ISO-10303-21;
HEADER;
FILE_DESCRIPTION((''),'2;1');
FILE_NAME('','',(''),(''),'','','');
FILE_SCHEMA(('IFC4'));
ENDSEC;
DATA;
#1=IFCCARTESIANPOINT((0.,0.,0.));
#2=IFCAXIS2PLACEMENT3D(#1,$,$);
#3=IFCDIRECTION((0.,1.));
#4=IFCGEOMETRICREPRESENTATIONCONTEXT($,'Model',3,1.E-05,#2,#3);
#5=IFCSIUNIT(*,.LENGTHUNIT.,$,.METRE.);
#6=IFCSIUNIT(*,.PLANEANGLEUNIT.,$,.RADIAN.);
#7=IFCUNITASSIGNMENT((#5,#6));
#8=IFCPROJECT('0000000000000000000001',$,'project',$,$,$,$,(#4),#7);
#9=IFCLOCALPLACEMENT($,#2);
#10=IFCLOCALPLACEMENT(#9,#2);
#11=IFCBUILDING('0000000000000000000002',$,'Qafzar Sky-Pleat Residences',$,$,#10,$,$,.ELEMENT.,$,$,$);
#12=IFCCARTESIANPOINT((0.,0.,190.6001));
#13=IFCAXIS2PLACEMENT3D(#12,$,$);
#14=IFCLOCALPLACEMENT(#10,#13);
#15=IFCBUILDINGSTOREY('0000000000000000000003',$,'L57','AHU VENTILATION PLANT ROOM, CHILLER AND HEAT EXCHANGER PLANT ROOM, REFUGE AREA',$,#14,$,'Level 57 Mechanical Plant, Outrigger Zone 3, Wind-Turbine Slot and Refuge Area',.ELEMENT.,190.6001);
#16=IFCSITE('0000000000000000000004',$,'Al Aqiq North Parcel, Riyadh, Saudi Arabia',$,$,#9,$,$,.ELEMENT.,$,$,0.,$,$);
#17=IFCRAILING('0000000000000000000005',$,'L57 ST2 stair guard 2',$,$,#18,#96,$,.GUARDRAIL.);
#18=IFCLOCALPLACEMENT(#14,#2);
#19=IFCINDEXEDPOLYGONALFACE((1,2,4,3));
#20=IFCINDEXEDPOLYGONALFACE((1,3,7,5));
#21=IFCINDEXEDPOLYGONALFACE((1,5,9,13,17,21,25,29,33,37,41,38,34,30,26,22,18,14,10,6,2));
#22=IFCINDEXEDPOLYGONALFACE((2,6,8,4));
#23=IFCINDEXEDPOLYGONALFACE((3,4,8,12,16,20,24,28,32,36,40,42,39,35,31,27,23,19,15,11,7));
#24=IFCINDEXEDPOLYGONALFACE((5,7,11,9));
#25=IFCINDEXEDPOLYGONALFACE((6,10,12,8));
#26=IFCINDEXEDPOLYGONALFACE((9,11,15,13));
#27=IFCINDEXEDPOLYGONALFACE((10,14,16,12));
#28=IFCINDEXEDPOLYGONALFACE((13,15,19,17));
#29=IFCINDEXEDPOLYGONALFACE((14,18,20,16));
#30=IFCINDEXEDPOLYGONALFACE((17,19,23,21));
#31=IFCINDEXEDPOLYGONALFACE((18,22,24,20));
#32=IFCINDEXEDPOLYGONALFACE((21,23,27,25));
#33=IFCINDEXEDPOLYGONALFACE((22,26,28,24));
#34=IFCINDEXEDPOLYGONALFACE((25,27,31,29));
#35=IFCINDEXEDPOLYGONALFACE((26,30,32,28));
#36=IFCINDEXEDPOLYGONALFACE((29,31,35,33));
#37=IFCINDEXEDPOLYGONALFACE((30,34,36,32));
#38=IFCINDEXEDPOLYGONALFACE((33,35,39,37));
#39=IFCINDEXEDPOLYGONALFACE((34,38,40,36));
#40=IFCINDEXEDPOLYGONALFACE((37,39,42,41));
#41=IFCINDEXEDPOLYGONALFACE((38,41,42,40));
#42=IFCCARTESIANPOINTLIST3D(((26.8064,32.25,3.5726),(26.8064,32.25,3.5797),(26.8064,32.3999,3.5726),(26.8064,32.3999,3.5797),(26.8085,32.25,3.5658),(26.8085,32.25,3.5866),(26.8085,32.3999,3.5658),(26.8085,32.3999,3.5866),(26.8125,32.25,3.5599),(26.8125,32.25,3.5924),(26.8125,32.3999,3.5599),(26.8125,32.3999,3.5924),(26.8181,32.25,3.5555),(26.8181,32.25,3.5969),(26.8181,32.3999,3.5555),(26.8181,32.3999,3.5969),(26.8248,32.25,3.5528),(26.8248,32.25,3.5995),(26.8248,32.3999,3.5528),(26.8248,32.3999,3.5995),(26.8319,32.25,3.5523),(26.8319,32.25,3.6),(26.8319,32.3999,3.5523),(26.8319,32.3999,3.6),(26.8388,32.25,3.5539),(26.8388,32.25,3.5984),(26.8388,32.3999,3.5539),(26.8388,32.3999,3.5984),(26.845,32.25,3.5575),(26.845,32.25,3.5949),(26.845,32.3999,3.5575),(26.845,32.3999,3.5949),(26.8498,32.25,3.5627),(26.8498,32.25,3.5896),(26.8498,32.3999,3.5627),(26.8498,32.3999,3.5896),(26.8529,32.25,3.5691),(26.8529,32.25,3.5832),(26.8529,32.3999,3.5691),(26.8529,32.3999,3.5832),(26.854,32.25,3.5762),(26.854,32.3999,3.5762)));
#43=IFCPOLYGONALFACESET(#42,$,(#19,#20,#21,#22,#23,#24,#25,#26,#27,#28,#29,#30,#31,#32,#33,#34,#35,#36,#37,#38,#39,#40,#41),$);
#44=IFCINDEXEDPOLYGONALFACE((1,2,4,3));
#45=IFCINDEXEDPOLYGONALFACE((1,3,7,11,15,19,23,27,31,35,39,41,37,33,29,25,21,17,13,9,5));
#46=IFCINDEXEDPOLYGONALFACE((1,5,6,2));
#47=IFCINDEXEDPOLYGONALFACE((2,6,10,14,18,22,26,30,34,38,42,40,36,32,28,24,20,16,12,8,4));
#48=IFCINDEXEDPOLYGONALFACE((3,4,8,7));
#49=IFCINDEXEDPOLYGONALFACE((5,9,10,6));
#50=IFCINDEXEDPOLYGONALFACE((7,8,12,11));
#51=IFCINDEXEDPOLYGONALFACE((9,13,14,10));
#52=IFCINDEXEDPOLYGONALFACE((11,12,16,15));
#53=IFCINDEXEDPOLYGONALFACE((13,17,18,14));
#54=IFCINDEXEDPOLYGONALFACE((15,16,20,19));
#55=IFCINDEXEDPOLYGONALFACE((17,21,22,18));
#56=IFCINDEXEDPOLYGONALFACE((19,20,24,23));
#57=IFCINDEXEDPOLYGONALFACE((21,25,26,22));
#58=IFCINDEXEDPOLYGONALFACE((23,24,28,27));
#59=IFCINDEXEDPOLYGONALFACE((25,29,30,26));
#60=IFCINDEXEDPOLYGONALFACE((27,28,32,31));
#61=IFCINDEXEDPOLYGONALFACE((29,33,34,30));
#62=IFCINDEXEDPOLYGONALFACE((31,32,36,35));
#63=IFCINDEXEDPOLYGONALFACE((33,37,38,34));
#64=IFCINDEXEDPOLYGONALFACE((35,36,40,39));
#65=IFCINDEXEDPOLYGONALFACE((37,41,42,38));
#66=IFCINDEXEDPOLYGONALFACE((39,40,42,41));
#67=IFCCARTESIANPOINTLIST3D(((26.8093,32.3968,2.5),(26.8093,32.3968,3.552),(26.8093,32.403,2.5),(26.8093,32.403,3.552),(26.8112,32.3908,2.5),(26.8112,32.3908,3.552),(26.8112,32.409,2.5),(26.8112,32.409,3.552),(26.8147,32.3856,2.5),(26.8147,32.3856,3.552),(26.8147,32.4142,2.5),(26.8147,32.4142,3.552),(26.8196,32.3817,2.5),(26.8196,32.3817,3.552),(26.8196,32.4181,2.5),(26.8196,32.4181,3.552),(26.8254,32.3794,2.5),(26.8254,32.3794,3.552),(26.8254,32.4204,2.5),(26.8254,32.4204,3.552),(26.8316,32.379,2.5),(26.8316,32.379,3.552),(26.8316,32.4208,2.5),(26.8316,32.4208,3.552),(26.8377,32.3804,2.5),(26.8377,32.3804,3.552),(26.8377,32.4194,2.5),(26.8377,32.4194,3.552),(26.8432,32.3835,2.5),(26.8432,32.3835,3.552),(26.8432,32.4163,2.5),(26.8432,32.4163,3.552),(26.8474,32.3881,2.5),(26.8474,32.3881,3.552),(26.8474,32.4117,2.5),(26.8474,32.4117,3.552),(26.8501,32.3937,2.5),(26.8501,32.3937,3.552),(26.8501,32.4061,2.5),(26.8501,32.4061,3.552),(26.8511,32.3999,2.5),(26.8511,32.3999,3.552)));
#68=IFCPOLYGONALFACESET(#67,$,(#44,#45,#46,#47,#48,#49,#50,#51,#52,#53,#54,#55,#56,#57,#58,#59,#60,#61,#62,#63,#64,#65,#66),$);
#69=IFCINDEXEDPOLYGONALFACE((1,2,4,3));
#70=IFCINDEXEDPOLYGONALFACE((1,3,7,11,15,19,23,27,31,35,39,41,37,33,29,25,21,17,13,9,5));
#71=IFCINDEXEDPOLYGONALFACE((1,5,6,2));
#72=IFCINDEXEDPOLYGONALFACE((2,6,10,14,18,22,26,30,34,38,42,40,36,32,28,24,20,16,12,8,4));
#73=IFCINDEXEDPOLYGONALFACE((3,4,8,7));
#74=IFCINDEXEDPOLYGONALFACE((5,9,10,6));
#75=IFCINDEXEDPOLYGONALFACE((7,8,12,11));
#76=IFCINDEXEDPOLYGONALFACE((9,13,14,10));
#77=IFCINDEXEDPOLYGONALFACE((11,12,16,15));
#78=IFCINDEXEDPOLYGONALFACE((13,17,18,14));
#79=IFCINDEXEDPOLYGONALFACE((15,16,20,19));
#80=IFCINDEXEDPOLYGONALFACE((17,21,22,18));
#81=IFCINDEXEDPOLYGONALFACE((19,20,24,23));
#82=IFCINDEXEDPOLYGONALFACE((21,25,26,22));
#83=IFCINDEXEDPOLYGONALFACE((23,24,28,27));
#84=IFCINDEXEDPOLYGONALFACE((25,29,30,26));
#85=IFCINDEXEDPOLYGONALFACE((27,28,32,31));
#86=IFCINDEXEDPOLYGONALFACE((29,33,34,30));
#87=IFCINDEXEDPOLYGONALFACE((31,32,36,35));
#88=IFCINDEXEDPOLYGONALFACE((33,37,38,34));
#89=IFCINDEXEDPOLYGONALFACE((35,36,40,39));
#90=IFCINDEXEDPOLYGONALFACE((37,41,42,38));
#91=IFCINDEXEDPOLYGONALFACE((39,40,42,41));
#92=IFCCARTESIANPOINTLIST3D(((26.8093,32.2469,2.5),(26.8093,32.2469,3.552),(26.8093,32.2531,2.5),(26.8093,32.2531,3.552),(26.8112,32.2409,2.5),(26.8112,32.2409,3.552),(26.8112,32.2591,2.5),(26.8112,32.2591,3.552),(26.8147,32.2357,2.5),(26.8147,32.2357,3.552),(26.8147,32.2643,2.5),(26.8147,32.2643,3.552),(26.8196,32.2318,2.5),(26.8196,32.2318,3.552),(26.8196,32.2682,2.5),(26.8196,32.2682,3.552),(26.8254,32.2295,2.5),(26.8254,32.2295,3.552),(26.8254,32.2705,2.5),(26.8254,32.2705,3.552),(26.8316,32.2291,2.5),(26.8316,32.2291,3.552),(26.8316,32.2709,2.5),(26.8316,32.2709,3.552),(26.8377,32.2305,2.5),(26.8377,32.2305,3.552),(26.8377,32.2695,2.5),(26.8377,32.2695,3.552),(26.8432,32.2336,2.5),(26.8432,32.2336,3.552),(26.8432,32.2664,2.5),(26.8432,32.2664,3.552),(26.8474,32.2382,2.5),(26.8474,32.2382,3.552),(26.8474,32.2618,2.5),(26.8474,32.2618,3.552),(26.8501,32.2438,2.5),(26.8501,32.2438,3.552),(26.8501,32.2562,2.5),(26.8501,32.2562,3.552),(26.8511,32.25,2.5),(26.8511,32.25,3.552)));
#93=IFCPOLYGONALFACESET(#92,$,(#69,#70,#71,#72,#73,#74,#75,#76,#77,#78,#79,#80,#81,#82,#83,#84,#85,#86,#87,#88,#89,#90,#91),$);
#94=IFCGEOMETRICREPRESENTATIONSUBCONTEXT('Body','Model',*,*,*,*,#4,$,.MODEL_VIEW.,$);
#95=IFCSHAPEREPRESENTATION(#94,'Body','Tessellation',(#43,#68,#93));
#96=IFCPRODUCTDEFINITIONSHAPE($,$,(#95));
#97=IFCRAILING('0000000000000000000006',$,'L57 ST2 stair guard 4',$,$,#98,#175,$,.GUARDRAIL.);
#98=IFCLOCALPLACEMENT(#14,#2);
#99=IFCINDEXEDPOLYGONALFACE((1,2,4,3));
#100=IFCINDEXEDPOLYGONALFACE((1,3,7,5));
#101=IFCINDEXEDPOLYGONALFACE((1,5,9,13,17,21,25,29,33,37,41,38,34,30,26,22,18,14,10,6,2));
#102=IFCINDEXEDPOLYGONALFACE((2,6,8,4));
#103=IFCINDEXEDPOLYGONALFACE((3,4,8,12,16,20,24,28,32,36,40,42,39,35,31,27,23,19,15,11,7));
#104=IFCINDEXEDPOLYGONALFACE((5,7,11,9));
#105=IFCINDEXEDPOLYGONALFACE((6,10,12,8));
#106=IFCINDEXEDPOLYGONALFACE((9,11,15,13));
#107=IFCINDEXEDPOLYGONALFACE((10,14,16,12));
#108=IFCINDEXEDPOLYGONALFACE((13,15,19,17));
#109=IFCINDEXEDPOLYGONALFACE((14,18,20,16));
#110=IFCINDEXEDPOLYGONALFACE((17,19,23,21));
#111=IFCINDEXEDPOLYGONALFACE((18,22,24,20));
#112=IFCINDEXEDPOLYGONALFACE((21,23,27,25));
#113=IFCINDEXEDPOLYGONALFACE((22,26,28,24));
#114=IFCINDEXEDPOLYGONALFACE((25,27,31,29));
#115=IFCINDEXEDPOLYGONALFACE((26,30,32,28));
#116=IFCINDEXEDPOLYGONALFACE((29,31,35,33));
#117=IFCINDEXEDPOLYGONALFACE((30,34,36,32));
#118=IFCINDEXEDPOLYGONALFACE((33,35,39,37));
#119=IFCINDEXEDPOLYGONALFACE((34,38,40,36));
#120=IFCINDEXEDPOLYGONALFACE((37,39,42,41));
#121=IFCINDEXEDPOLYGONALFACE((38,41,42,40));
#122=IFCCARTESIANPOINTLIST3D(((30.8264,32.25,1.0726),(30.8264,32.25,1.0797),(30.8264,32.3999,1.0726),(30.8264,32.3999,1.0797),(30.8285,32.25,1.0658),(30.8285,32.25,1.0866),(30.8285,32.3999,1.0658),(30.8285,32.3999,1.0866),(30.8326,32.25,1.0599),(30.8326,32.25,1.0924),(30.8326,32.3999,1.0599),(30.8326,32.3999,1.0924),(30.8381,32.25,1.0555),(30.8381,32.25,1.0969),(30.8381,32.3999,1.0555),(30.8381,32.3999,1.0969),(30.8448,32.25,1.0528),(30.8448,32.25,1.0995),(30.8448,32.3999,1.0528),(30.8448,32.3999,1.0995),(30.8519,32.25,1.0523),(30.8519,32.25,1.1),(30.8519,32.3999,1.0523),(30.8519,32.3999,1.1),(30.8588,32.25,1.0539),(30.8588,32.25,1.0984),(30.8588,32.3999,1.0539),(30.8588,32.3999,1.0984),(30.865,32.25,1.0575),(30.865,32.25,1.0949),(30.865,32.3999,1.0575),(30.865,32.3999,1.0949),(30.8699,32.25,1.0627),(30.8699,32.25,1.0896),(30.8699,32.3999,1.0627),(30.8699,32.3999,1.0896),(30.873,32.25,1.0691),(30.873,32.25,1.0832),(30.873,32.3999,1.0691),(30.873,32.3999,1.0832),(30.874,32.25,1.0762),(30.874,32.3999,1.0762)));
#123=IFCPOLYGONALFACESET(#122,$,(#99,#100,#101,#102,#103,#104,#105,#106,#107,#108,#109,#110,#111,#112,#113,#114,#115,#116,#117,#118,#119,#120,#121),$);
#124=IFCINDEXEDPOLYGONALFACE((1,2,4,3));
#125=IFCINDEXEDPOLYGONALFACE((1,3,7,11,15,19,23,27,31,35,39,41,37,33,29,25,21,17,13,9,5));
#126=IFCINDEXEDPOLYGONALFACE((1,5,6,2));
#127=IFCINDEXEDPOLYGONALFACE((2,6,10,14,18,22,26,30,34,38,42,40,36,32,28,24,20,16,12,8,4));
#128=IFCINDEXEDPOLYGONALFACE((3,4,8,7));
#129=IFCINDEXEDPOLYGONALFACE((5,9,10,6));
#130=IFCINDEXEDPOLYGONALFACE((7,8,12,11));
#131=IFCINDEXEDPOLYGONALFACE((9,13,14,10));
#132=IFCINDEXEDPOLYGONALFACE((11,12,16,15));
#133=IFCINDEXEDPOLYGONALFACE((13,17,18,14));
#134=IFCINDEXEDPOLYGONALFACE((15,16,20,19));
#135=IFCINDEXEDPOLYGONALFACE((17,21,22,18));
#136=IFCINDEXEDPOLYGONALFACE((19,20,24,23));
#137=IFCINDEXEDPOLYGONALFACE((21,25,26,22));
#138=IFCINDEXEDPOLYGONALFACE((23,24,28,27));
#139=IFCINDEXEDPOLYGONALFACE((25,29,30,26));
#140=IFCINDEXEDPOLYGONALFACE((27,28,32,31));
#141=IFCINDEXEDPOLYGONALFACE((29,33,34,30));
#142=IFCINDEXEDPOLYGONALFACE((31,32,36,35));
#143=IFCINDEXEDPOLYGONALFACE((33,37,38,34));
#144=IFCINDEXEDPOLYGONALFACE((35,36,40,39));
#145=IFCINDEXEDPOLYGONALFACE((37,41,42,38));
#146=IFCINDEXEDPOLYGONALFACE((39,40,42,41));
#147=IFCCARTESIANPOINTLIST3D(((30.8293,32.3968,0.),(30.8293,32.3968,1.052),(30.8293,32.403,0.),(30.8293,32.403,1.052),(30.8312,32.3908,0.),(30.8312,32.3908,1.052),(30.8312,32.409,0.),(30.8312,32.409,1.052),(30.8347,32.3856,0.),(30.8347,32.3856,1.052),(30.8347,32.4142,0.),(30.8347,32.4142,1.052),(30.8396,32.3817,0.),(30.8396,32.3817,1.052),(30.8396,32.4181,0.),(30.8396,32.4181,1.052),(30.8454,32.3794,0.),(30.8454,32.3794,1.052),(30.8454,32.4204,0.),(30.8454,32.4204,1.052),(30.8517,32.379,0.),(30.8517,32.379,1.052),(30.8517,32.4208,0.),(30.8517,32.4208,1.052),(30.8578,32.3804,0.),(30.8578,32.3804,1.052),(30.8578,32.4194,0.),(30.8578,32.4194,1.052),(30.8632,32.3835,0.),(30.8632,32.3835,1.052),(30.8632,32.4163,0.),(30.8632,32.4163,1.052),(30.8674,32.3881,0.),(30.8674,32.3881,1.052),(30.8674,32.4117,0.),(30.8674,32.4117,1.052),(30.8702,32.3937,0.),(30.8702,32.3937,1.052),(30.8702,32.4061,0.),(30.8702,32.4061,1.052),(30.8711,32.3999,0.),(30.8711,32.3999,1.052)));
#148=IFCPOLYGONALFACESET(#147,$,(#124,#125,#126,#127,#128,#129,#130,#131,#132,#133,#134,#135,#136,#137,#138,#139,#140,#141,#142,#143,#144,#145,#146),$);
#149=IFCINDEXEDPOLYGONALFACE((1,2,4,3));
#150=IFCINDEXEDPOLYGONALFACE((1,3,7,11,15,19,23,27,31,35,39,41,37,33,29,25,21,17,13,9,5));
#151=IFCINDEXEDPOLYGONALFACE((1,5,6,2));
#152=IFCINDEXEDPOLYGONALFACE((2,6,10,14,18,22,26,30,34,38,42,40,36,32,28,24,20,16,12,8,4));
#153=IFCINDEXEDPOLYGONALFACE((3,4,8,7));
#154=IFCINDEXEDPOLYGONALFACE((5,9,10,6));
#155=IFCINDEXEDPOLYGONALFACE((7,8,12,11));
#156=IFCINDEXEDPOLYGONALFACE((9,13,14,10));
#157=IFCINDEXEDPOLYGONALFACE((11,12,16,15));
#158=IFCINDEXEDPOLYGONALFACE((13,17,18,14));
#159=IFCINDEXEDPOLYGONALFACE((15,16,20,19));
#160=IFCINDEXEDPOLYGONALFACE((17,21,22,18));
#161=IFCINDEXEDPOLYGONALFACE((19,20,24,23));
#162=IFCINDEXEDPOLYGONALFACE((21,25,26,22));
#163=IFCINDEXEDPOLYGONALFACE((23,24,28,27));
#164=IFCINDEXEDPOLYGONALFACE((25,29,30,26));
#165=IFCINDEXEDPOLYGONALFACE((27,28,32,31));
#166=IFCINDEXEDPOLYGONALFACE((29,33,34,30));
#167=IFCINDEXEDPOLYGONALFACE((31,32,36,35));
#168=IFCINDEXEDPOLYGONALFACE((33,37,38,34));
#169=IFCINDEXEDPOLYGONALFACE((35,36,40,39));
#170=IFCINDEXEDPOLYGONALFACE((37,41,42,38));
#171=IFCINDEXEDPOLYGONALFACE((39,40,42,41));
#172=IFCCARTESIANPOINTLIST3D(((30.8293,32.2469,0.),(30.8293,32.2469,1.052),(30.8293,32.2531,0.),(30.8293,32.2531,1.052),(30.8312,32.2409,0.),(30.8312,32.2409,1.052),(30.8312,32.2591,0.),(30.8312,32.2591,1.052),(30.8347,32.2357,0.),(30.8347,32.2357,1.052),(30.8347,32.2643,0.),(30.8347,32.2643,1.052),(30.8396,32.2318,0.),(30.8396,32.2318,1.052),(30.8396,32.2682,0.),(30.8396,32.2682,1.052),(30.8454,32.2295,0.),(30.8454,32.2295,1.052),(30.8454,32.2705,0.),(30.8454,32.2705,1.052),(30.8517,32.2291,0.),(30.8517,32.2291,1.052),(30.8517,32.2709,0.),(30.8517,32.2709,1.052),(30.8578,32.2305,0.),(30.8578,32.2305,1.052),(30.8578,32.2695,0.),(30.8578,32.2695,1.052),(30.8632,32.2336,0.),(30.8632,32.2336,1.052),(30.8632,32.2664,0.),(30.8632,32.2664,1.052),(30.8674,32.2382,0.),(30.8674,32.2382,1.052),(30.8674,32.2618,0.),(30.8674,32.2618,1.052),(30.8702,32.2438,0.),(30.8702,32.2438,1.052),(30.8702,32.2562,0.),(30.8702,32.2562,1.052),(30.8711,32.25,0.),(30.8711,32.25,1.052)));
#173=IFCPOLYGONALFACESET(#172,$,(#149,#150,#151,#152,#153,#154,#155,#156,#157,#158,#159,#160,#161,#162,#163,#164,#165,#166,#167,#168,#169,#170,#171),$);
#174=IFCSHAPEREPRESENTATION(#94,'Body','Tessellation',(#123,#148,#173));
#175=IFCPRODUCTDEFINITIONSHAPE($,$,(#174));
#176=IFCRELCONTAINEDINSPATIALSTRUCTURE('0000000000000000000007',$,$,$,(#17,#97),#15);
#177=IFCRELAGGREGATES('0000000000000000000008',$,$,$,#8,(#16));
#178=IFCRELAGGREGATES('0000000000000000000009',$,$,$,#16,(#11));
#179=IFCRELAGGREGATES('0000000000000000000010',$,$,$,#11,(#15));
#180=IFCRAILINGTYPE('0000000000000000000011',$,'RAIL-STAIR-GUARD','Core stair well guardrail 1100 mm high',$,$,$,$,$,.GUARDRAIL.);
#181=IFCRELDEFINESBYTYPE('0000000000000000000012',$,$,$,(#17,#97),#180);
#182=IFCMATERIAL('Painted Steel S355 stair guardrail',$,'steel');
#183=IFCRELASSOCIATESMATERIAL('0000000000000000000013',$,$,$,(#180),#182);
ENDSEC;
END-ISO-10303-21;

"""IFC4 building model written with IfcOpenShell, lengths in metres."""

from ifc_helpers import new_model, si_unit, direction, frame, origin, origin_2d, place, context, subcontext, project, spatial, circle, extrude, source, transform, mapped, material, type_object, element, save


model = new_model("IFC4")

# Units and contexts
model_context = context("Model", 3, precision=1e-05, world=origin(), true_north=direction((0.0, 1.0)))
body_context = subcontext(model_context, "Body", "Model", "MODEL_VIEW")
ifc_project = project(units=[si_unit("LENGTHUNIT", "METRE"), si_unit("PLANEANGLEUNIT", "RADIAN")], contexts=[model_context])

# Site, building, storey
site_placement = place(None, origin())
site = spatial("IfcSite", under=ifc_project, at=site_placement, Name="Al Aqiq North Parcel, Riyadh, Saudi Arabia", CompositionType="ELEMENT", RefElevation=0.0)
building_placement = place(site_placement, origin())
building = spatial("IfcBuilding", under=site, at=building_placement, Name="Qafzar Sky-Pleat Residences", CompositionType="ELEMENT")
storey_placement = place(building_placement, frame((0.0, 0.0, 190.6001)))
storey = spatial("IfcBuildingStorey", under=building, at=storey_placement, Name="L57", Description="AHU VENTILATION PLANT ROOM, CHILLER AND HEAT EXCHANGER PLANT ROOM, REFUGE AREA", LongName="Level 57 Mechanical Plant, Outrigger Zone 3, Wind-Turbine Slot and Refuge Area", CompositionType="ELEMENT", Elevation=190.6001)

# Railings
ifc_material_1 = material(Name="Painted Steel S355 stair guardrail", Category="steel")
railing_type_1 = type_object("IfcRailingType", Name="RAIL-STAIR-GUARD", Description="Core stair well guardrail 1100 mm high", PredefinedType="GUARDRAIL", material=ifc_material_1)
shared_shape_1 = source(origin(), body_context, "Body", "SweptSolid", [
    extrude(circle(Radius=0.0239, at=origin_2d()), frame((0.0, 0.0, 1.0762), z_axis=(0.0, -1.0, 0.0), x_axis=(1.0, 0.0, 0.0)), (0.0, 0.0, 1.0), 0.1499),
    extrude(circle(Radius=0.021, at=origin_2d()), origin(), (0.0, 0.0, 1.0), 1.052),
    extrude(circle(Radius=0.021, at=origin_2d()), frame((0.0, -0.1499, 0.0)), (0.0, 0.0, 1.0), 1.052),
])
for number, where, name in (
    (1, (26.8301, 32.3999, 2.5), "L57 ST2 stair guard 2"),
    (2, (30.8501, 32.3999, 0.0), "L57 ST2 stair guard 4"),
):
    element("IfcRailing", number, at=place(storey_placement, frame(where)), inside=storey, type_object=railing_type_1, Name=name, PredefinedType="GUARDRAIL", context=body_context, shape_type="MappedRepresentation", body=[
        mapped(shared_shape_1, transform((0.0, 0.0, 0.0), x_axis=(1.0, 0.0, 0.0), y_axis=(0.0, 1.0, 0.0), z_axis=(0.0, 0.0, 1.0), scale=1.0)),
    ])

save(model, "model.ifc")
